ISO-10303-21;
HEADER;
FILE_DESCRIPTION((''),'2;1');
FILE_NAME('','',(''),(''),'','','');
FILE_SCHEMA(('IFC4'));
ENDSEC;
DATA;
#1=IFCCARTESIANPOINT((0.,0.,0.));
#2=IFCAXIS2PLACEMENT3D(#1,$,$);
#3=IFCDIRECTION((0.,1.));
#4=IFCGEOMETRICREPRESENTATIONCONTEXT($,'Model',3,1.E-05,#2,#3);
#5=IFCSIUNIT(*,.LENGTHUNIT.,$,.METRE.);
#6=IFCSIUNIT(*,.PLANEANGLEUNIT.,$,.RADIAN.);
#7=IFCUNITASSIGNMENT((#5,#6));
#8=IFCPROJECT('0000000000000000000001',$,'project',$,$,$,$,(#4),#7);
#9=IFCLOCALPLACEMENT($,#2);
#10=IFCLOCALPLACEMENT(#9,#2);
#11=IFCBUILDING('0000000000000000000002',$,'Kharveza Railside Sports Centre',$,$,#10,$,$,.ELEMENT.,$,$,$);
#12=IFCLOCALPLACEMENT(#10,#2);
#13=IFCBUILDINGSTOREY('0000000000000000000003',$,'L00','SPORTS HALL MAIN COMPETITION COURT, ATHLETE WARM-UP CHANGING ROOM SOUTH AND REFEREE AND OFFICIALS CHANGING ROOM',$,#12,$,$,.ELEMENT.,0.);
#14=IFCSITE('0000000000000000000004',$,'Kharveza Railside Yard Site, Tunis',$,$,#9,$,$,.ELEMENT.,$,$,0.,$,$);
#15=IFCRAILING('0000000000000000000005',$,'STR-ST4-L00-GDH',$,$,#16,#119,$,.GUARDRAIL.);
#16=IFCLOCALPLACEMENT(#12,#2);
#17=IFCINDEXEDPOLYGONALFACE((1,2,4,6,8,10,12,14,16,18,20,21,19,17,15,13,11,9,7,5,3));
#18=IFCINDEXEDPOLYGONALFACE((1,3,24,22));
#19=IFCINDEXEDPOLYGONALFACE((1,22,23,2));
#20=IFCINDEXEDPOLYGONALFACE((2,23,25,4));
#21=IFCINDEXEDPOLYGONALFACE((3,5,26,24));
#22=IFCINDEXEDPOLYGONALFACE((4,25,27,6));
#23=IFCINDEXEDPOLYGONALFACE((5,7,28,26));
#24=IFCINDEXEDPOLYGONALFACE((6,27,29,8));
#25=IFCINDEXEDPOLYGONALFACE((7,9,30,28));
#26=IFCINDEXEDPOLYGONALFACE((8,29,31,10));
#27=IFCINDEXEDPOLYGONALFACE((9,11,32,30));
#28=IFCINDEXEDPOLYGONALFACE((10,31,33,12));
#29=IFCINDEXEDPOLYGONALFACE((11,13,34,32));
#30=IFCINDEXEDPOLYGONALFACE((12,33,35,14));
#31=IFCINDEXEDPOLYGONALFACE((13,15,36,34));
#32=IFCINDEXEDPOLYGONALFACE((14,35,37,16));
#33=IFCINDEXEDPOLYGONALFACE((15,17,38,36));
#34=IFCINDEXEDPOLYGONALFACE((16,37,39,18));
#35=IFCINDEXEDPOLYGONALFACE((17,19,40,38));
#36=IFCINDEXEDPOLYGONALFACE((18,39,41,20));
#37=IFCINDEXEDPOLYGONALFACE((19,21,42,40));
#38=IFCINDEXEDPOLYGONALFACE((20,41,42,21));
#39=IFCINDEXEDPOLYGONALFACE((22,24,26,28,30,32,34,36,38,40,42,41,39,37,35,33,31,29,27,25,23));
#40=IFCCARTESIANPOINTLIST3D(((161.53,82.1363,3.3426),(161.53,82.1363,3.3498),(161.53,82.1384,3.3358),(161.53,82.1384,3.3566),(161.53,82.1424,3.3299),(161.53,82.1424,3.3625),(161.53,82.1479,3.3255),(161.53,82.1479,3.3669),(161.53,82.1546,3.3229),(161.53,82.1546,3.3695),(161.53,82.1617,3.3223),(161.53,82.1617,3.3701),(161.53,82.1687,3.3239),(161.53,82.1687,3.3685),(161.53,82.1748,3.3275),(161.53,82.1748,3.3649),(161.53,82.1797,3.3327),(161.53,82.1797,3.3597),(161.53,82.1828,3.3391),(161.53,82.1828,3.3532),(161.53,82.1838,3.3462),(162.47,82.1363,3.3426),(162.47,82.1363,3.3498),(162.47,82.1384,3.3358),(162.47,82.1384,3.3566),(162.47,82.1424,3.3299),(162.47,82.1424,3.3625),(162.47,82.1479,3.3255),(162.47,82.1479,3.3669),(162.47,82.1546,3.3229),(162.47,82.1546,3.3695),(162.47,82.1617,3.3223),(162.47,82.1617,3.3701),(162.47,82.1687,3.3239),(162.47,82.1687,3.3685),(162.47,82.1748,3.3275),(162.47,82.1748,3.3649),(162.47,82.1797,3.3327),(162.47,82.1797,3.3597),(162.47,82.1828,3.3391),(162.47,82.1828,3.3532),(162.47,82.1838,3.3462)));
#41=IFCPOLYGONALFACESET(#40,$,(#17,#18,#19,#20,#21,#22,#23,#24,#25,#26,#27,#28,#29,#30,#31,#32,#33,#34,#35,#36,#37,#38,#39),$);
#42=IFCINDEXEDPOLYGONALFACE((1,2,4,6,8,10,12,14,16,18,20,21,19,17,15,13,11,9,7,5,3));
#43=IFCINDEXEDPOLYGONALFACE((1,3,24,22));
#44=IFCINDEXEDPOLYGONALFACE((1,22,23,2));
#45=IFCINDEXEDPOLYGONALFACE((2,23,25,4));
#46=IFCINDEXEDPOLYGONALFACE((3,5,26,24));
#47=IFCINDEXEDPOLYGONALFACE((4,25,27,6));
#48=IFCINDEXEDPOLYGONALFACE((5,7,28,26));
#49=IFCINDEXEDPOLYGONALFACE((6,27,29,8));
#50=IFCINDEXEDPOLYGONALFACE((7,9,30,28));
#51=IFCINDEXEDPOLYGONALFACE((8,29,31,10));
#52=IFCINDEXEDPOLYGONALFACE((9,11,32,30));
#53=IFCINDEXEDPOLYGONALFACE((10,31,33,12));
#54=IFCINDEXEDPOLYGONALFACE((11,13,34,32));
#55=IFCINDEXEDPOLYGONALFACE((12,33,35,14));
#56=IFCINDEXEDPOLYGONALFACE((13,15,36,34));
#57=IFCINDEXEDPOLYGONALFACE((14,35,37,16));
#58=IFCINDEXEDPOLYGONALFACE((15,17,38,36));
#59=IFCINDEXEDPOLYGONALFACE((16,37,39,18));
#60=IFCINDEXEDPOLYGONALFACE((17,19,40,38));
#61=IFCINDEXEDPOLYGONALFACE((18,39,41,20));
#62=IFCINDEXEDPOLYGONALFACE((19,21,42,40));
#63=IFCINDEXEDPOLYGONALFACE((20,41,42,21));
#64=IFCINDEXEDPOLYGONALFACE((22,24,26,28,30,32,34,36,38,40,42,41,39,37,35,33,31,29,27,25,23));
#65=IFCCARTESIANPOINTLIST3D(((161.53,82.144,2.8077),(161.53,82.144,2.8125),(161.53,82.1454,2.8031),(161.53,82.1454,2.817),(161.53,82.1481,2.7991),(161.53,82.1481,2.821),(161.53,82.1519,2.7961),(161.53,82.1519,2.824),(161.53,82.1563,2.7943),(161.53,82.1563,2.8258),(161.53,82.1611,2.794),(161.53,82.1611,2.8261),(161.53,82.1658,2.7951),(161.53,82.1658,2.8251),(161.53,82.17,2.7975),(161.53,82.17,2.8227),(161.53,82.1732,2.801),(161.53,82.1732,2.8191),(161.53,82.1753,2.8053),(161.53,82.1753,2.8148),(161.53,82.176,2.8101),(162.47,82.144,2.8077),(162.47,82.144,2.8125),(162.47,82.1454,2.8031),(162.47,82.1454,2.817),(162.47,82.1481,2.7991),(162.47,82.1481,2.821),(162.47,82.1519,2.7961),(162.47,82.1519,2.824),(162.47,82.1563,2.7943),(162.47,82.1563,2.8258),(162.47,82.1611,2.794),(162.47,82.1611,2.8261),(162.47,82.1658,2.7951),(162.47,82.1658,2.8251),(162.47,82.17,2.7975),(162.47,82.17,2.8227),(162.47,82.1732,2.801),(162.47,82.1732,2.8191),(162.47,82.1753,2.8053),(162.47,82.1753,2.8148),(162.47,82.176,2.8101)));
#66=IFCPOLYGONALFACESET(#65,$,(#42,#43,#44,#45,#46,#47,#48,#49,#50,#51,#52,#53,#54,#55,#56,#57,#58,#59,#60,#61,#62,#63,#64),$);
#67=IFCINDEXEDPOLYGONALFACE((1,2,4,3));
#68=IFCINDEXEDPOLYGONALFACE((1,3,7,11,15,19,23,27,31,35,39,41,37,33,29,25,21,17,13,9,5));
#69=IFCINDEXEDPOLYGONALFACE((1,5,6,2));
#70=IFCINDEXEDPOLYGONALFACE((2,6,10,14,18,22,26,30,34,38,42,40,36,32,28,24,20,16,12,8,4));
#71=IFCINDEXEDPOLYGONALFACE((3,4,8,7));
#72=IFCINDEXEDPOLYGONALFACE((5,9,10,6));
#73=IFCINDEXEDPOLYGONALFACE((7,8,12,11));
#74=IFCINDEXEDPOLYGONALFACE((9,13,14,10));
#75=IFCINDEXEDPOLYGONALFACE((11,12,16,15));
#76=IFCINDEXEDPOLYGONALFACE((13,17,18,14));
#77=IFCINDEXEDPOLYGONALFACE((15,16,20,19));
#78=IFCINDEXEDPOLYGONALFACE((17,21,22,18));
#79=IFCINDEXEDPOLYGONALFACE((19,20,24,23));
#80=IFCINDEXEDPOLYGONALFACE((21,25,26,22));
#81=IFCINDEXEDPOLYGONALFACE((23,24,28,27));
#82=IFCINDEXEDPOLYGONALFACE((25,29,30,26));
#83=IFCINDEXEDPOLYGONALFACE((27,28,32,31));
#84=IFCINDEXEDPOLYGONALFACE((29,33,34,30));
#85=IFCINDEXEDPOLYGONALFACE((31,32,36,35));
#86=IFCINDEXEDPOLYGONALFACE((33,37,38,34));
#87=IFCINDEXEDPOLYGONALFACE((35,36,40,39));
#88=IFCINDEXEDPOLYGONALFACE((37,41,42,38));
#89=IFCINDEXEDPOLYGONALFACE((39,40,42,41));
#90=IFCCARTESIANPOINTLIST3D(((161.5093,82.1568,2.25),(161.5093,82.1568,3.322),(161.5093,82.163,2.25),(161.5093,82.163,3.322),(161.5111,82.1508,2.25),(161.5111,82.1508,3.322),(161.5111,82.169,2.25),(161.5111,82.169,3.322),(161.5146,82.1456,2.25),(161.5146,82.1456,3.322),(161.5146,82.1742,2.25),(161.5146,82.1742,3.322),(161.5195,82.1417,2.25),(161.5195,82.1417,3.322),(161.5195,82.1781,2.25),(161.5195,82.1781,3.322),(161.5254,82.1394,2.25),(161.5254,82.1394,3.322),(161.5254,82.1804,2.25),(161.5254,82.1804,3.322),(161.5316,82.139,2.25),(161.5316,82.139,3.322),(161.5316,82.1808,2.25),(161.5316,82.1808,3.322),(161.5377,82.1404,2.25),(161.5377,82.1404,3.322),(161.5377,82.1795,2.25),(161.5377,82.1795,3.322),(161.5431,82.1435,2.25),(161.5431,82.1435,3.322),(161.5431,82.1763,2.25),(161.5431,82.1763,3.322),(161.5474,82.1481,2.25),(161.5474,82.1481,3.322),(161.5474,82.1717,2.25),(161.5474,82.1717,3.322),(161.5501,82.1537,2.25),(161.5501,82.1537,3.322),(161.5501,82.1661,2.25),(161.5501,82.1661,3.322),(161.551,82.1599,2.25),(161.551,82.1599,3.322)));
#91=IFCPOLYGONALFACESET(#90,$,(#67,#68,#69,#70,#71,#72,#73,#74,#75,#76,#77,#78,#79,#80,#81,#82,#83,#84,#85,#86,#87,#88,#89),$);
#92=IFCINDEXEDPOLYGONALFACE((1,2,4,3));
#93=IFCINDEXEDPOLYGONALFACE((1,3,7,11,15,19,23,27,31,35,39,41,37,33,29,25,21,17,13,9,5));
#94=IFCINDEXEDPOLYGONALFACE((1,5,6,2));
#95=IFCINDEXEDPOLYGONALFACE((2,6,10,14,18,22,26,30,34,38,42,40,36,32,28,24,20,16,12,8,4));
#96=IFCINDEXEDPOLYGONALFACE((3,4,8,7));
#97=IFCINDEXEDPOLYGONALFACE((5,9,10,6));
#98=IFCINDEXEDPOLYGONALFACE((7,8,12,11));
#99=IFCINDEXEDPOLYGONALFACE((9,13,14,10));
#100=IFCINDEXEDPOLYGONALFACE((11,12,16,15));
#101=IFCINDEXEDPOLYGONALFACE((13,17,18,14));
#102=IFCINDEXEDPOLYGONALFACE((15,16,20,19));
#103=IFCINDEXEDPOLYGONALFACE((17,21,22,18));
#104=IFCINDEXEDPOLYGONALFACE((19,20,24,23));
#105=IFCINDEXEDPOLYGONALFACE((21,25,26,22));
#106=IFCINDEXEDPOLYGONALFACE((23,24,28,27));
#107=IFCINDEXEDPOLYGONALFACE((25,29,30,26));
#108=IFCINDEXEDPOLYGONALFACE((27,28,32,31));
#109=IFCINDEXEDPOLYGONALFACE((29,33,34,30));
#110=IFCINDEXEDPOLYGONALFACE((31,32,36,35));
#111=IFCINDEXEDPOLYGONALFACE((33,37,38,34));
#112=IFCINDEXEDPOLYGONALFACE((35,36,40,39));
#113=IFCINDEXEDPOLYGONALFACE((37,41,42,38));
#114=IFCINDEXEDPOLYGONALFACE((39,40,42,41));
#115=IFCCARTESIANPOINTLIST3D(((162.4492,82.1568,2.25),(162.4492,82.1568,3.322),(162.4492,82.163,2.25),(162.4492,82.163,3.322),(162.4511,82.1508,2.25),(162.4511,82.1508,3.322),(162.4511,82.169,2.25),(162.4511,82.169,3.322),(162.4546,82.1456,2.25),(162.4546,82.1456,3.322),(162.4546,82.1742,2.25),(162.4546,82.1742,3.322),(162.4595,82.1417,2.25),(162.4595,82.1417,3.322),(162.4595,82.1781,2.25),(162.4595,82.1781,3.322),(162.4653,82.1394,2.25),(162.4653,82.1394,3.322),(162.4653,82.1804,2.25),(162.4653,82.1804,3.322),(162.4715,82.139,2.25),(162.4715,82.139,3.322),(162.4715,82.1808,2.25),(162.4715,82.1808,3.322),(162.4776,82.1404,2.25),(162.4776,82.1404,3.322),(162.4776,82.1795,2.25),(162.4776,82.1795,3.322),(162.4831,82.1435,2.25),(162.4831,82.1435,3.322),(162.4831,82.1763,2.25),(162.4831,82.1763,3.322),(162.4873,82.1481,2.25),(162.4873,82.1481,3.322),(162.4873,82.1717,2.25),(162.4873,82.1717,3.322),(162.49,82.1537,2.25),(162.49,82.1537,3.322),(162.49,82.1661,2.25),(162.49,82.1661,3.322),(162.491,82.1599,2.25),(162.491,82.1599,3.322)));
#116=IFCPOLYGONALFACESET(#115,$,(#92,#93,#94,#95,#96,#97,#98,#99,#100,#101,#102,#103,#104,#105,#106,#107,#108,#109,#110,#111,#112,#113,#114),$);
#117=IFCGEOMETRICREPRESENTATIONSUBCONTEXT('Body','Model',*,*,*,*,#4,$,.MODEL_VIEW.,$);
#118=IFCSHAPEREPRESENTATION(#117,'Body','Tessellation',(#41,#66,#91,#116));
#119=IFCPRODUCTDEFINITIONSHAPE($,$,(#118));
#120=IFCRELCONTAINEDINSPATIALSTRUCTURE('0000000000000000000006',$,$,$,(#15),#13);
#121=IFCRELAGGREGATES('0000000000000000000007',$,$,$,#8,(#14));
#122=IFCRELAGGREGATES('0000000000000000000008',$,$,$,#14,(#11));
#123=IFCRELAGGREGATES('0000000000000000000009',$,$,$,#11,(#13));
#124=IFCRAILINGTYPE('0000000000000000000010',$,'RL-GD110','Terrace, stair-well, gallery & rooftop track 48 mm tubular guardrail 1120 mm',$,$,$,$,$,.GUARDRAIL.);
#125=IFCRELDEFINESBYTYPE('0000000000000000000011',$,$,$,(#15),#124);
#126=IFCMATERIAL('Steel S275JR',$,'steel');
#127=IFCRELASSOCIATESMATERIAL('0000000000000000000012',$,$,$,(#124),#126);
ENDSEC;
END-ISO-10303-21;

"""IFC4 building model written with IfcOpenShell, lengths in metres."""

from ifc_helpers import new_model, si_unit, direction, frame, origin, origin_2d, place, context, subcontext, project, spatial, circle, extrude, material, type_object, element, save


model = new_model("IFC4")

# Units and contexts
model_context = context("Model", 3, precision=1e-05, world=origin(), true_north=direction((0.0, 1.0)))
body_context = subcontext(model_context, "Body", "Model", "MODEL_VIEW")
ifc_project = project(units=[si_unit("LENGTHUNIT", "METRE"), si_unit("PLANEANGLEUNIT", "RADIAN")], contexts=[model_context])

# Site, building, storey
site_placement = place(None, origin())
site = spatial("IfcSite", under=ifc_project, at=site_placement, Name="Kharveza Railside Yard Site, Tunis", CompositionType="ELEMENT", RefElevation=0.0)
building_placement = place(site_placement, origin())
building = spatial("IfcBuilding", under=site, at=building_placement, Name="Kharveza Railside Sports Centre", CompositionType="ELEMENT")
storey_placement = place(building_placement, origin())
storey = spatial("IfcBuildingStorey", under=building, at=storey_placement, Name="L00", Description="SPORTS HALL MAIN COMPETITION COURT, ATHLETE WARM-UP CHANGING ROOM SOUTH AND REFEREE AND OFFICIALS CHANGING ROOM", CompositionType="ELEMENT", Elevation=0.0)

# Railing
ifc_material_1 = material(Name="Steel S275JR", Category="steel")
railing_type_1 = type_object("IfcRailingType", Name="RL-GD110", Description="Terrace, stair-well, gallery & rooftop track 48 mm tubular guardrail 1120 mm", PredefinedType="GUARDRAIL", material=ifc_material_1)
railing_1_placement = place(storey_placement, frame((161.53, 82.1599, 2.25)))
element("IfcRailing", 1, at=railing_1_placement, inside=storey, type_object=railing_type_1, Name="STR-ST4-L00-GDH", PredefinedType="GUARDRAIL", context=body_context, shape_type="SweptSolid", body=[
    extrude(circle(Radius=0.0239, at=origin_2d()), frame((0.0, 0.0, 1.0962), z_axis=(1.0, 0.0, 0.0), x_axis=(0.0, 1.0, 0.0)), (0.0, 0.0, 1.0), 0.9399),
    extrude(circle(Radius=0.0161, at=origin_2d()), frame((0.0, 0.0, 0.5601), z_axis=(1.0, 0.0, 0.0), x_axis=(0.0, 1.0, 0.0)), (0.0, 0.0, 1.0), 0.9399),
    extrude(circle(Radius=0.021, at=origin_2d()), origin(), (0.0, 0.0, 1.0), 1.072),
    extrude(circle(Radius=0.021, at=origin_2d()), frame((0.9399, 0.0, 0.0)), (0.0, 0.0, 1.0), 1.072),
])

save(model, "model.ifc")
